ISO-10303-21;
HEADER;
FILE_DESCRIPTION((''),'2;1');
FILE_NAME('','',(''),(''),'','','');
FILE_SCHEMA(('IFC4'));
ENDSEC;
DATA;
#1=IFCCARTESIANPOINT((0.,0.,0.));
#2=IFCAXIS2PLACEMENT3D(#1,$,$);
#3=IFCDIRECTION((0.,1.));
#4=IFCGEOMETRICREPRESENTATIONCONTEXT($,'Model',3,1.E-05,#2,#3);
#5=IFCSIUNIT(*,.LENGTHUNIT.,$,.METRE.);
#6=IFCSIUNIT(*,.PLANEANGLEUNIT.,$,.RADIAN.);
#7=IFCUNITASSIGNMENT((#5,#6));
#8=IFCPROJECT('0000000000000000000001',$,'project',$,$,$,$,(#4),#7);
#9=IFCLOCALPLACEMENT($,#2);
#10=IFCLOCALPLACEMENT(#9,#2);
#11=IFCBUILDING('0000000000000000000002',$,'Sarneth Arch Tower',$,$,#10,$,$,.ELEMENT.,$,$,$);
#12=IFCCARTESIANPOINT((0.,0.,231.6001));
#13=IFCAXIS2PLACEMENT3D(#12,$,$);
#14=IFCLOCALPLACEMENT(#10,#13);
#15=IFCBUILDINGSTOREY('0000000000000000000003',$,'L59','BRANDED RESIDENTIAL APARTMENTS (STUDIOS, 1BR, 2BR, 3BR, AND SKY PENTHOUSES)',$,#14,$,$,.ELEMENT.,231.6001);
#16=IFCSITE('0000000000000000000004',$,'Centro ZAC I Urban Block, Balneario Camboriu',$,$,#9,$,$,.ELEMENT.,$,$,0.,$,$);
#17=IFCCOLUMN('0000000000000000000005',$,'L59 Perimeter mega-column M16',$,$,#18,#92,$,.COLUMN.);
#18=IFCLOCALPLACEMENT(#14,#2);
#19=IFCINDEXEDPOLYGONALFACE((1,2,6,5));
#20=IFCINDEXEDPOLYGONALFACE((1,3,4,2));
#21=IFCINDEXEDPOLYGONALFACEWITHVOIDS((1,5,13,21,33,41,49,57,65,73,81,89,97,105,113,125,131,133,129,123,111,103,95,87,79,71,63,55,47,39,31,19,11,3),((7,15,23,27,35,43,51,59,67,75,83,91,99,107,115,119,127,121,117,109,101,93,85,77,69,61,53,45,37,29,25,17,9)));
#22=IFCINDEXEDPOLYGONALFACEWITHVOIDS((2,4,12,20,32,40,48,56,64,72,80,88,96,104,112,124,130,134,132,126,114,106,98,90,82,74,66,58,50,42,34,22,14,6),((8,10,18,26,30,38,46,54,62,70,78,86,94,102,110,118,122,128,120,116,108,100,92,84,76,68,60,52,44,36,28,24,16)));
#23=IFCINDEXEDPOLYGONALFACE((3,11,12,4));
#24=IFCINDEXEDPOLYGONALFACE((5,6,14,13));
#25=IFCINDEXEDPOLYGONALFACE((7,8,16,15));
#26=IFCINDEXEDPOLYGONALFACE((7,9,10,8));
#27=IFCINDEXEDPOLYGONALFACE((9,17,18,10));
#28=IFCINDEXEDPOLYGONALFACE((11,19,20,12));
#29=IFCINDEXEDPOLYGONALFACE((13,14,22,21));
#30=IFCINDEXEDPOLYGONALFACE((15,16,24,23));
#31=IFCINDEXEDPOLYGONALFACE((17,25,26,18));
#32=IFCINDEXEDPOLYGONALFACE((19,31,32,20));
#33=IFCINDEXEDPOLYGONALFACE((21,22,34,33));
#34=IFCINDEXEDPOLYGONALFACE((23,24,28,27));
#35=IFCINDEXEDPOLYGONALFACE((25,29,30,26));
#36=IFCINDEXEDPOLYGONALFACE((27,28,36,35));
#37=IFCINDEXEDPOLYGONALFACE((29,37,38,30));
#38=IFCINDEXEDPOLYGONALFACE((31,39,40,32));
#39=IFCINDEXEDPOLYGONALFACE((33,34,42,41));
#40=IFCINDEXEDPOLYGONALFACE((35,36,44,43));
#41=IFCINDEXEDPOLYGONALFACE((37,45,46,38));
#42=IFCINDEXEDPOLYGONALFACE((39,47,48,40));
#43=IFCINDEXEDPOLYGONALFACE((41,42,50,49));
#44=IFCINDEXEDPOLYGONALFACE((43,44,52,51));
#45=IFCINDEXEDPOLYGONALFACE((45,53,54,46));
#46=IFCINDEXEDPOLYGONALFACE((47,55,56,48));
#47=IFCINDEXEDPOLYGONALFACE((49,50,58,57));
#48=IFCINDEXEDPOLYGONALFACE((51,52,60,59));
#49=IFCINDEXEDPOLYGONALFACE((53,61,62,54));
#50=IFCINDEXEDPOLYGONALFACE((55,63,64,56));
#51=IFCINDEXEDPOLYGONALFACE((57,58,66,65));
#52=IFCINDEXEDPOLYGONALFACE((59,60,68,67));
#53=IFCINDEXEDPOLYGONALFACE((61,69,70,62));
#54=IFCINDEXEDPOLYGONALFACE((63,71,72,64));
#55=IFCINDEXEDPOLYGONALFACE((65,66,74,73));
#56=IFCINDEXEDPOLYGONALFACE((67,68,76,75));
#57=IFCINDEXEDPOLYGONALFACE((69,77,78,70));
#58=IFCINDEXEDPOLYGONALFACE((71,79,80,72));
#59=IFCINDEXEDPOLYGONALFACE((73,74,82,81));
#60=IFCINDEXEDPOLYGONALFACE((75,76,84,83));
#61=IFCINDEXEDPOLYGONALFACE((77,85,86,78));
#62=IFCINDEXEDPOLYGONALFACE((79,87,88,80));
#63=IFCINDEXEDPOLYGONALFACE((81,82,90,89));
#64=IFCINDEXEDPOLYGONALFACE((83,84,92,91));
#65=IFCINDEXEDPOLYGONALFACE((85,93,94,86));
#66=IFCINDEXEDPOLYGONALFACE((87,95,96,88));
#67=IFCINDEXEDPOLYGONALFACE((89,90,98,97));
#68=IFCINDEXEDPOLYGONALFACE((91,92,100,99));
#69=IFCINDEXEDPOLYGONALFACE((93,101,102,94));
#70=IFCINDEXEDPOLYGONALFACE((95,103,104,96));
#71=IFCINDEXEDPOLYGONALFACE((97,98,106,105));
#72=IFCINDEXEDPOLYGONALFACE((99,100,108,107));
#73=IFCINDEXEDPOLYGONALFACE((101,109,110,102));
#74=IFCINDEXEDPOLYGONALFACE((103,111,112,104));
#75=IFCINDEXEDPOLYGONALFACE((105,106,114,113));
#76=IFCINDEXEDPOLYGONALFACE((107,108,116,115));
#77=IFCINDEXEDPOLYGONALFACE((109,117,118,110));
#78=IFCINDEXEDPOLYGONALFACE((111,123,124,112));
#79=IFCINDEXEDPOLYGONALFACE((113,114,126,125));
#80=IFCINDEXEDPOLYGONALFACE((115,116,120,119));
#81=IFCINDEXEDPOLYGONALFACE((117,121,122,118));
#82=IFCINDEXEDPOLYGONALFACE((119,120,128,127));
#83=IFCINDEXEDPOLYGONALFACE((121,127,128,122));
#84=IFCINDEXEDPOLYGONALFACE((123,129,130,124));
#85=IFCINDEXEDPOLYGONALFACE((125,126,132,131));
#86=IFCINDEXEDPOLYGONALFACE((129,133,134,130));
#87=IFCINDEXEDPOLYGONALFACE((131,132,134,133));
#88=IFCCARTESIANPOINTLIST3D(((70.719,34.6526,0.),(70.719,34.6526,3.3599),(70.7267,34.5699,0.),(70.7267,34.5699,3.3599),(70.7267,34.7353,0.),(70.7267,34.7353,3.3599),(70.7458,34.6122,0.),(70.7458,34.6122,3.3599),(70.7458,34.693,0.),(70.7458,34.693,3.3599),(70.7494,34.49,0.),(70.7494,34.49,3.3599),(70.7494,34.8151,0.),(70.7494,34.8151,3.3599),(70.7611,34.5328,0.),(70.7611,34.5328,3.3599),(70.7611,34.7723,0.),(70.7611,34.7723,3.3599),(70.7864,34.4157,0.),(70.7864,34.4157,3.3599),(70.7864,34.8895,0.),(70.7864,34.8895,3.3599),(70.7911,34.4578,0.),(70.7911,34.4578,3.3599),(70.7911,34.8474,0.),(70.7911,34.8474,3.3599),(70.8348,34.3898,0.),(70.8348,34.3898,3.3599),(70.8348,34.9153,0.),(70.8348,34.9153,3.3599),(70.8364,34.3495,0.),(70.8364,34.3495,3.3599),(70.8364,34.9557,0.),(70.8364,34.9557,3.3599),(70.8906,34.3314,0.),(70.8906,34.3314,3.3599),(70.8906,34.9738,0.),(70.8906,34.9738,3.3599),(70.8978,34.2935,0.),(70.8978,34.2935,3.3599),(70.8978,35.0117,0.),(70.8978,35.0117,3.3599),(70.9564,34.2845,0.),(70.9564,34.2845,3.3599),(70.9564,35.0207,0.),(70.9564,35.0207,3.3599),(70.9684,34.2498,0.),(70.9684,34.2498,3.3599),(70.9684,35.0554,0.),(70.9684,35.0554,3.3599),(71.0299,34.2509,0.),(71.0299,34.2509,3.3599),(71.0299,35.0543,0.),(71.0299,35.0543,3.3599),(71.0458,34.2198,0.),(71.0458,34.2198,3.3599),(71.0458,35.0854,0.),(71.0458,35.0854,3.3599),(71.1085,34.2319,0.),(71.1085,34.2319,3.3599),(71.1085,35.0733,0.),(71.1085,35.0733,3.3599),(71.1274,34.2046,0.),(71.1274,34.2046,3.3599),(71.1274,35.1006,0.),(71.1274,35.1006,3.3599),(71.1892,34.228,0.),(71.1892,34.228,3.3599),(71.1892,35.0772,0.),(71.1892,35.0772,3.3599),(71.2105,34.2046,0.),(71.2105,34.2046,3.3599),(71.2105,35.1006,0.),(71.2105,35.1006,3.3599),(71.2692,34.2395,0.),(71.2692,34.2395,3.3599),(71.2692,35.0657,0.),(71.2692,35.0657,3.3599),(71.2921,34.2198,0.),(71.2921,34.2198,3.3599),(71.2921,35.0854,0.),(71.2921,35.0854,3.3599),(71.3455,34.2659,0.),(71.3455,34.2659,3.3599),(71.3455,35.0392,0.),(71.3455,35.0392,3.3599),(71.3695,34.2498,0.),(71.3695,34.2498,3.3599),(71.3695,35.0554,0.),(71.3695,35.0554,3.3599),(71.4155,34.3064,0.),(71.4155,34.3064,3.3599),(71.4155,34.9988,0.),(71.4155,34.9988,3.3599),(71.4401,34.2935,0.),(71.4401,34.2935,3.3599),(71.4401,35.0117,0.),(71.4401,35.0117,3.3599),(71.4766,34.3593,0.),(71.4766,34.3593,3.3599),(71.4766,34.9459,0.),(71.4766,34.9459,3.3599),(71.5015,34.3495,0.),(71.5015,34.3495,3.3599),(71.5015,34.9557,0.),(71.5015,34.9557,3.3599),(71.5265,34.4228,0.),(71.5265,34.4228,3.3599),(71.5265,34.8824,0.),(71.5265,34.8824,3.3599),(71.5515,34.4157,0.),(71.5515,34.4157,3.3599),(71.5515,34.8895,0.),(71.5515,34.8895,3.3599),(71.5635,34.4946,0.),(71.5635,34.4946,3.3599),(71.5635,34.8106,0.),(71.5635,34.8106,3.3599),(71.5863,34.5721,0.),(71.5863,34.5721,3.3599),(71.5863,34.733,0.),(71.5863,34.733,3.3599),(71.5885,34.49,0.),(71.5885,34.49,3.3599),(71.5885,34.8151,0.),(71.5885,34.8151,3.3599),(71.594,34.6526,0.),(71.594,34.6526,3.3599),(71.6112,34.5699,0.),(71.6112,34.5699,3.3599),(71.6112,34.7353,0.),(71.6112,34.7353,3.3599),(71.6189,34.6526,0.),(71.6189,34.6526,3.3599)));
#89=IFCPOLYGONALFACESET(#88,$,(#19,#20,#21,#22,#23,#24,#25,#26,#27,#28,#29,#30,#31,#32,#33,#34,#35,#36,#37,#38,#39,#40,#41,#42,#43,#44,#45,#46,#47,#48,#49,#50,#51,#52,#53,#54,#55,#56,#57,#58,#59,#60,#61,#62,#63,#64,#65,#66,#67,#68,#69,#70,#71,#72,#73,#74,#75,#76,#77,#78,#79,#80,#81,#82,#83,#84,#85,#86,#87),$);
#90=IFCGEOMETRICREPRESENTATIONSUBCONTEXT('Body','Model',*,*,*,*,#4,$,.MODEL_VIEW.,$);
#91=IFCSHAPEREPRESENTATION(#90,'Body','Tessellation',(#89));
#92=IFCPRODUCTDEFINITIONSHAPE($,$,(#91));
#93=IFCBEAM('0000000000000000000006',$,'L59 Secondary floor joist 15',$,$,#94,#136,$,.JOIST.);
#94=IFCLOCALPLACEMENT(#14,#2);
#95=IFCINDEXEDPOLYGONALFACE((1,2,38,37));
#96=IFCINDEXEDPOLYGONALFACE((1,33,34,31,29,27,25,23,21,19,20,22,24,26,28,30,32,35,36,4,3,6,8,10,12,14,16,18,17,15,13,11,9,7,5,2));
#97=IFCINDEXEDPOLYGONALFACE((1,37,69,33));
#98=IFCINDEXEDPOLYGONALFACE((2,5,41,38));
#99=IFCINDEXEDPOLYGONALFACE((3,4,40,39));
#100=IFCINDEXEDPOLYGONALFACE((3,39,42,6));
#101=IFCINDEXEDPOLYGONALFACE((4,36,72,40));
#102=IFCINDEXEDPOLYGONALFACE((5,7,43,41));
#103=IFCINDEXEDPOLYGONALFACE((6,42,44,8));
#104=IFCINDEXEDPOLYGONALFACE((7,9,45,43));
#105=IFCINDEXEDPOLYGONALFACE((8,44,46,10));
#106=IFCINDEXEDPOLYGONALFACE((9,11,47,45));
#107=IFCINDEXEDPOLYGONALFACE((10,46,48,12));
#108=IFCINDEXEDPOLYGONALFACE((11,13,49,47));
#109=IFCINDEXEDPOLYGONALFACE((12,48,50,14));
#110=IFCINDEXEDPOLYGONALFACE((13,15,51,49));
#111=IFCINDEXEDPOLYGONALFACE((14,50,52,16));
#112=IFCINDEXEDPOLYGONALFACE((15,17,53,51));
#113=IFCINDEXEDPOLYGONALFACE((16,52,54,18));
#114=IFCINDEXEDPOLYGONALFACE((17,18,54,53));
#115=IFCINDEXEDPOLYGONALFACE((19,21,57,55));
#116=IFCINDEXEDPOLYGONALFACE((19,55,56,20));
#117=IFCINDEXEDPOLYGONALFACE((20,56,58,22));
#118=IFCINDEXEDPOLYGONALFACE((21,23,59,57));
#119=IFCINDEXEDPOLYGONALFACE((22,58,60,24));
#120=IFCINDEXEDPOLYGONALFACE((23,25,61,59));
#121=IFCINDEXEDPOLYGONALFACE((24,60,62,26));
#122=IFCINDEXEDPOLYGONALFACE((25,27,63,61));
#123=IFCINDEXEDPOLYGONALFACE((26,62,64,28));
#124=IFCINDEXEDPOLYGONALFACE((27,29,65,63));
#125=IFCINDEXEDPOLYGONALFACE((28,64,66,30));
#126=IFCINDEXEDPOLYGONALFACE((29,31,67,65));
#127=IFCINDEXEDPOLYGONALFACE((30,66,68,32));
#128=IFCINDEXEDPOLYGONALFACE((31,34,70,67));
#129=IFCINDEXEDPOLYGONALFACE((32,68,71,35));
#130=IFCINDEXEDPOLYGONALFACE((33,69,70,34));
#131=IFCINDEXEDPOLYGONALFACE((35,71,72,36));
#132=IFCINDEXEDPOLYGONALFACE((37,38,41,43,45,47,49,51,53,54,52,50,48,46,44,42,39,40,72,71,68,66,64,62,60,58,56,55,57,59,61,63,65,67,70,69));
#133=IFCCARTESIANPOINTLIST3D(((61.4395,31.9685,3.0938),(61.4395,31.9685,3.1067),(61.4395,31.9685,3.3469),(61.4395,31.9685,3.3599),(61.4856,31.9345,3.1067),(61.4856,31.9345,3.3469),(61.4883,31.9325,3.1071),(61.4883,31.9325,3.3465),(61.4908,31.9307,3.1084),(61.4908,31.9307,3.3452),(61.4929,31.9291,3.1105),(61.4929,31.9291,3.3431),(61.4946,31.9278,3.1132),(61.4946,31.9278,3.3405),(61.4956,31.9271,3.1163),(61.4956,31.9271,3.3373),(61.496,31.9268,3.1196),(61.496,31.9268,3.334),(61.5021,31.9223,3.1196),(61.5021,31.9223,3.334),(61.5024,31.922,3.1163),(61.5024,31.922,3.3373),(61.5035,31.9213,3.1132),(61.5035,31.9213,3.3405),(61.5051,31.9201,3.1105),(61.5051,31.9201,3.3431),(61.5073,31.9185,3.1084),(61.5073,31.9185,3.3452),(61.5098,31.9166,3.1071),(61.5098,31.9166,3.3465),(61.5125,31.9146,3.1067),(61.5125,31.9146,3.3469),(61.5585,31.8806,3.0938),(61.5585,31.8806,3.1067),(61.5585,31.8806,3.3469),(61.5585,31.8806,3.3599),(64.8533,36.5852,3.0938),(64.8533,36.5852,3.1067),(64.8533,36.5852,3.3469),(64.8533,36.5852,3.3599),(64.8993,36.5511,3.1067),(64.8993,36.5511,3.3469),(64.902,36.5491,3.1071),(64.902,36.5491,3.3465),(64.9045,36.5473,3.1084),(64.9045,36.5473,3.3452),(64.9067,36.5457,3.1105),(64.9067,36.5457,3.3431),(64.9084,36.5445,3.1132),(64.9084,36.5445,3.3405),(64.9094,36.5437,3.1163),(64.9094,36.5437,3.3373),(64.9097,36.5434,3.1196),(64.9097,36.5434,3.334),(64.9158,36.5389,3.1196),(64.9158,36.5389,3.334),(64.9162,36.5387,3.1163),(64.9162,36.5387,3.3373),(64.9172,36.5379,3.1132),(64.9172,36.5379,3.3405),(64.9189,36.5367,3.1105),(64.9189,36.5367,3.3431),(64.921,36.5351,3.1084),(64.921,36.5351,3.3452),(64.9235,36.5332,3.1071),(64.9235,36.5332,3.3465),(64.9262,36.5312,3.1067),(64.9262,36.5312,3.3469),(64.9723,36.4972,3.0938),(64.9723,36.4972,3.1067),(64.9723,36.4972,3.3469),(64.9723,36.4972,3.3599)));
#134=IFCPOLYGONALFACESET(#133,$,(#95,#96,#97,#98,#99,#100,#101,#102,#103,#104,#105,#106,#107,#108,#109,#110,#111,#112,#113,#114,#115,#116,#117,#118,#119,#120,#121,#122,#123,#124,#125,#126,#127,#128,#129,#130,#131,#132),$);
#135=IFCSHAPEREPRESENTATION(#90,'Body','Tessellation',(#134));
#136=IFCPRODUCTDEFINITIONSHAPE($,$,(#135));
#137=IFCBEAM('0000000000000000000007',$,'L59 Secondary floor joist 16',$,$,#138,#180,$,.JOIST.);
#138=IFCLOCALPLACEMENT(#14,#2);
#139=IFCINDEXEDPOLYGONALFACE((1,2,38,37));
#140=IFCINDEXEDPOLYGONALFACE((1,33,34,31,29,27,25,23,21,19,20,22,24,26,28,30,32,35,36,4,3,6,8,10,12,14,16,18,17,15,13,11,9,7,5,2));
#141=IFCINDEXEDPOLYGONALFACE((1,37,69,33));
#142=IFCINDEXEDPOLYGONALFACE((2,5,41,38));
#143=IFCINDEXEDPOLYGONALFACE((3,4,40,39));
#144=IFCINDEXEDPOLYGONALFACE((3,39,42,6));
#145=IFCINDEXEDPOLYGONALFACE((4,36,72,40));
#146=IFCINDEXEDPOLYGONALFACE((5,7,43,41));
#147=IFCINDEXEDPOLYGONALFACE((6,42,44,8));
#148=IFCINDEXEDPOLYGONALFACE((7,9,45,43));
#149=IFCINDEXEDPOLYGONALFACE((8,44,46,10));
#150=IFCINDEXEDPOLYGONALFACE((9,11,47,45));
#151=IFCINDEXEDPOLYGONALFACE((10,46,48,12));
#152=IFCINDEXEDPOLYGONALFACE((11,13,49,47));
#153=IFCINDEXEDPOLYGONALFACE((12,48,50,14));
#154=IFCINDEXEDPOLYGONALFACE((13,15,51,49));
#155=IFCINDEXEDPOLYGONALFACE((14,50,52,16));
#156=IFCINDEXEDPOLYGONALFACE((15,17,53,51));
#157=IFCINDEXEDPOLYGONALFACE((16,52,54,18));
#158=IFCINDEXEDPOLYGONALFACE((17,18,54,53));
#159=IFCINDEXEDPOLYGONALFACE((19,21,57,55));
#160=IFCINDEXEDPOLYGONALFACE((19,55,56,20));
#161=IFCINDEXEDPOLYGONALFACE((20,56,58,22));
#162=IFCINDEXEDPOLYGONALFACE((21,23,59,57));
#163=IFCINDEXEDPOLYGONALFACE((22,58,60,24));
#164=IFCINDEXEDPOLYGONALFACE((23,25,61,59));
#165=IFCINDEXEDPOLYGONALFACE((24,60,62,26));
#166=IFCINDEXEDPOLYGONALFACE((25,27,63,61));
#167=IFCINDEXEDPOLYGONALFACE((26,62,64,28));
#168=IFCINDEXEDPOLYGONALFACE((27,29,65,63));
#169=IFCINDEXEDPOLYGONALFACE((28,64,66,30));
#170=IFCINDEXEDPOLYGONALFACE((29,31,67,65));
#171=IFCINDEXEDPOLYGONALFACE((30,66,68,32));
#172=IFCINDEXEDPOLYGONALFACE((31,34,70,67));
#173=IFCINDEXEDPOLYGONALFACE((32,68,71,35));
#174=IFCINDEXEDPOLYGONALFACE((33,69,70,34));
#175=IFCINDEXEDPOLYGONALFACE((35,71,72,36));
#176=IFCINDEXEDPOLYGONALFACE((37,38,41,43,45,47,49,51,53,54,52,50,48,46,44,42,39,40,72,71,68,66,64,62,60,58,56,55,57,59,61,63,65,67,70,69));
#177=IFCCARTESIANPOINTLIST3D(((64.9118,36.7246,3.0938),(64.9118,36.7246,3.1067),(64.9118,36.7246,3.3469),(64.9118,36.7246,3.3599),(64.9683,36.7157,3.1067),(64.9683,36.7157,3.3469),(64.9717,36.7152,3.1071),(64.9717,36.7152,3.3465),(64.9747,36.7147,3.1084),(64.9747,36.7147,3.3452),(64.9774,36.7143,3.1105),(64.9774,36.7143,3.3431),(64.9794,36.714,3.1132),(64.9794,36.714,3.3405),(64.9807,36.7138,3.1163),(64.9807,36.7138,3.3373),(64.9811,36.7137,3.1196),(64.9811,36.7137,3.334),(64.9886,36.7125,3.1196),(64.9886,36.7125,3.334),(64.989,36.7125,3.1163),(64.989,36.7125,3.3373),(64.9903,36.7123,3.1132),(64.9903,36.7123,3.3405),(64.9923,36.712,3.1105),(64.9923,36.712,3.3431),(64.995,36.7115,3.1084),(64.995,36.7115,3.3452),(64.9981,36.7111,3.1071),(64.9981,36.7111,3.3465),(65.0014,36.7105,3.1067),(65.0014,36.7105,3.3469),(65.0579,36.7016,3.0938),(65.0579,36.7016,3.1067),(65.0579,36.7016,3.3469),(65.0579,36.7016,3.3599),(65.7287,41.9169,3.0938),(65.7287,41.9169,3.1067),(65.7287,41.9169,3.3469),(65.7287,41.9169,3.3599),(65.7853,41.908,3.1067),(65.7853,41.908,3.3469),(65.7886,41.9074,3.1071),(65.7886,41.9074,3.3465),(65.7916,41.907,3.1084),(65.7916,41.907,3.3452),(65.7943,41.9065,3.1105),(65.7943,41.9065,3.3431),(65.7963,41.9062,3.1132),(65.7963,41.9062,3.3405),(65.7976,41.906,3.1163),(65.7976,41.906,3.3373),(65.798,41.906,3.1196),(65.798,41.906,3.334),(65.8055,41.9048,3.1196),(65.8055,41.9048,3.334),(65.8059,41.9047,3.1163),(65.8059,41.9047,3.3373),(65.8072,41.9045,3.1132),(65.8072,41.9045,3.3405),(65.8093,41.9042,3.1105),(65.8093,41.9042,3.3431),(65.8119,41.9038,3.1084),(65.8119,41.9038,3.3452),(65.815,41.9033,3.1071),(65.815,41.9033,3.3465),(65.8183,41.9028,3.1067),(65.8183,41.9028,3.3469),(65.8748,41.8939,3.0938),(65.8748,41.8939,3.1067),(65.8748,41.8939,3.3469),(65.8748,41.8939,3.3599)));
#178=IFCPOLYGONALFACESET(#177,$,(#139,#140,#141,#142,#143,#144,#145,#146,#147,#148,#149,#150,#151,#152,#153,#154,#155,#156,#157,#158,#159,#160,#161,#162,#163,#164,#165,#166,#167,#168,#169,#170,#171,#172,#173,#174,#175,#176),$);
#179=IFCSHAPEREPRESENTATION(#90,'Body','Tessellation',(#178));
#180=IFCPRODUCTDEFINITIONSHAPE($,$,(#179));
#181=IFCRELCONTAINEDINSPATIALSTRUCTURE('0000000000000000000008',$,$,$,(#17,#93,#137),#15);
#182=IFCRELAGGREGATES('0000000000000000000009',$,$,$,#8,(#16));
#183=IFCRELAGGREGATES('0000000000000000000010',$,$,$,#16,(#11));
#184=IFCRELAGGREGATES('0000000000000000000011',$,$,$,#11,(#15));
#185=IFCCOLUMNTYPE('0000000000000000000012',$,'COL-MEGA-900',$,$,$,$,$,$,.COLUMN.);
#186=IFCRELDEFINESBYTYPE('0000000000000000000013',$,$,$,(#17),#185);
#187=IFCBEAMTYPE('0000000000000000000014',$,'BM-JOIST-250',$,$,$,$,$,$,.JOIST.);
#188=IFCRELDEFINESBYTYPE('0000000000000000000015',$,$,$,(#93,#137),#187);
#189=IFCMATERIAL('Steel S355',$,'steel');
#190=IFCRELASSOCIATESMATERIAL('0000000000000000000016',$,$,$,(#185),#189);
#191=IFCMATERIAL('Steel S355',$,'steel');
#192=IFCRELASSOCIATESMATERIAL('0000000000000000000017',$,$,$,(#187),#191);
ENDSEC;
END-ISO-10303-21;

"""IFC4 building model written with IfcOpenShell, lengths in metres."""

from ifc_helpers import new_model, si_unit, direction, frame, origin, origin_2d, place, context, subcontext, project, spatial, hollow_circle, i_section, extrude, material, material_profile, profile_set, type_object, element, save


model = new_model("IFC4")

# Units and contexts
model_context = context("Model", 3, precision=1e-05, world=origin(), true_north=direction((0.0, 1.0)))
body_context = subcontext(model_context, "Body", "Model", "MODEL_VIEW")
ifc_project = project(units=[si_unit("LENGTHUNIT", "METRE"), si_unit("PLANEANGLEUNIT", "RADIAN")], contexts=[model_context])

# Site, building, storey
site_placement = place(None, origin())
site = spatial("IfcSite", under=ifc_project, at=site_placement, Name="Centro ZAC I Urban Block, Balneario Camboriu", CompositionType="ELEMENT", RefElevation=0.0)
building_placement = place(site_placement, origin())
building = spatial("IfcBuilding", under=site, at=building_placement, Name="Sarneth Arch Tower", CompositionType="ELEMENT")
storey_placement = place(building_placement, frame((0.0, 0.0, 231.6001)))
storey = spatial("IfcBuildingStorey", under=building, at=storey_placement, Name="L59", Description="BRANDED RESIDENTIAL APARTMENTS (STUDIOS, 1BR, 2BR, 3BR, AND SKY PENTHOUSES)", CompositionType="ELEMENT", Elevation=231.6001)

# Column
ifc_material_1 = material(Name="Steel S355", Category="steel")
ifc_material_profile_1 = material_profile(ifc_material_1, hollow_circle(Radius=0.45, WallThickness=0.0249, at=origin_2d()), Name="CHS900x25")
ifc_profile_set_1 = profile_set([ifc_material_profile_1], Name="Steel S355")
column_type = type_object("IfcColumnType", Name="COL-MEGA-900", PredefinedType="COLUMN", material=ifc_profile_set_1)
column_placement = place(storey_placement, frame((71.1689, 34.6526, 0.0), z_axis=(0.0, 0.0, 1.0), x_axis=(1.0, 0.0, 0.0)))
element("IfcColumn", 1, at=column_placement, inside=storey, type_object=column_type, Name="L59 Perimeter mega-column M16", PredefinedType="COLUMN", context=body_context, shape_type="SweptSolid", body=[
    extrude(hollow_circle(Radius=0.45, WallThickness=0.0249, at=origin_2d()), origin(), (0.0, 0.0, 1.0), 3.3599),
])

# Beams
ifc_material_2 = material(Name="Steel S355", Category="steel")
ifc_material_profile_2 = material_profile(ifc_material_2, i_section(OverallWidth=0.1479, OverallDepth=0.2661, WebThickness=0.0076, FlangeThickness=0.0129, FilletRadius=0.0129, at=origin_2d()), Name="W250x44.8")
ifc_profile_set_2 = profile_set([ifc_material_profile_2], Name="Steel S355")
beam_type_1 = type_object("IfcBeamType", Name="BM-JOIST-250", PredefinedType="JOIST", material=ifc_profile_set_2)
beam_1_placement = place(storey_placement, frame((61.499, 31.9246, 3.2268), z_axis=(0.594557, 0.804053, 0.0), x_axis=(-0.804053, 0.594557, 0.0)))
element("IfcBeam", 2, at=beam_1_placement, inside=storey, type_object=beam_type_1, Name="L59 Secondary floor joist 15", PredefinedType="JOIST", context=body_context, shape_type="SweptSolid", body=[
    extrude(i_section(OverallWidth=0.1479, OverallDepth=0.2661, WebThickness=0.0076, FlangeThickness=0.0129, FilletRadius=0.0129, at=origin_2d()), origin(), (0.0, 0.0, 1.0), 5.7417),
])
beam_2_placement = place(storey_placement, frame((64.9849, 36.7131, 3.2268), z_axis=(0.155421, 0.987848, 0.0), x_axis=(-0.987848, 0.155421, 0.0)))
element("IfcBeam", 3, at=beam_2_placement, inside=storey, type_object=beam_type_1, Name="L59 Secondary floor joist 16", PredefinedType="JOIST", context=body_context, shape_type="SweptSolid", body=[
    extrude(i_section(OverallWidth=0.1479, OverallDepth=0.2661, WebThickness=0.0076, FlangeThickness=0.0129, FilletRadius=0.0129, at=origin_2d()), origin(), (0.0, 0.0, 1.0), 5.2561),
])

save(model, "model.ifc")
